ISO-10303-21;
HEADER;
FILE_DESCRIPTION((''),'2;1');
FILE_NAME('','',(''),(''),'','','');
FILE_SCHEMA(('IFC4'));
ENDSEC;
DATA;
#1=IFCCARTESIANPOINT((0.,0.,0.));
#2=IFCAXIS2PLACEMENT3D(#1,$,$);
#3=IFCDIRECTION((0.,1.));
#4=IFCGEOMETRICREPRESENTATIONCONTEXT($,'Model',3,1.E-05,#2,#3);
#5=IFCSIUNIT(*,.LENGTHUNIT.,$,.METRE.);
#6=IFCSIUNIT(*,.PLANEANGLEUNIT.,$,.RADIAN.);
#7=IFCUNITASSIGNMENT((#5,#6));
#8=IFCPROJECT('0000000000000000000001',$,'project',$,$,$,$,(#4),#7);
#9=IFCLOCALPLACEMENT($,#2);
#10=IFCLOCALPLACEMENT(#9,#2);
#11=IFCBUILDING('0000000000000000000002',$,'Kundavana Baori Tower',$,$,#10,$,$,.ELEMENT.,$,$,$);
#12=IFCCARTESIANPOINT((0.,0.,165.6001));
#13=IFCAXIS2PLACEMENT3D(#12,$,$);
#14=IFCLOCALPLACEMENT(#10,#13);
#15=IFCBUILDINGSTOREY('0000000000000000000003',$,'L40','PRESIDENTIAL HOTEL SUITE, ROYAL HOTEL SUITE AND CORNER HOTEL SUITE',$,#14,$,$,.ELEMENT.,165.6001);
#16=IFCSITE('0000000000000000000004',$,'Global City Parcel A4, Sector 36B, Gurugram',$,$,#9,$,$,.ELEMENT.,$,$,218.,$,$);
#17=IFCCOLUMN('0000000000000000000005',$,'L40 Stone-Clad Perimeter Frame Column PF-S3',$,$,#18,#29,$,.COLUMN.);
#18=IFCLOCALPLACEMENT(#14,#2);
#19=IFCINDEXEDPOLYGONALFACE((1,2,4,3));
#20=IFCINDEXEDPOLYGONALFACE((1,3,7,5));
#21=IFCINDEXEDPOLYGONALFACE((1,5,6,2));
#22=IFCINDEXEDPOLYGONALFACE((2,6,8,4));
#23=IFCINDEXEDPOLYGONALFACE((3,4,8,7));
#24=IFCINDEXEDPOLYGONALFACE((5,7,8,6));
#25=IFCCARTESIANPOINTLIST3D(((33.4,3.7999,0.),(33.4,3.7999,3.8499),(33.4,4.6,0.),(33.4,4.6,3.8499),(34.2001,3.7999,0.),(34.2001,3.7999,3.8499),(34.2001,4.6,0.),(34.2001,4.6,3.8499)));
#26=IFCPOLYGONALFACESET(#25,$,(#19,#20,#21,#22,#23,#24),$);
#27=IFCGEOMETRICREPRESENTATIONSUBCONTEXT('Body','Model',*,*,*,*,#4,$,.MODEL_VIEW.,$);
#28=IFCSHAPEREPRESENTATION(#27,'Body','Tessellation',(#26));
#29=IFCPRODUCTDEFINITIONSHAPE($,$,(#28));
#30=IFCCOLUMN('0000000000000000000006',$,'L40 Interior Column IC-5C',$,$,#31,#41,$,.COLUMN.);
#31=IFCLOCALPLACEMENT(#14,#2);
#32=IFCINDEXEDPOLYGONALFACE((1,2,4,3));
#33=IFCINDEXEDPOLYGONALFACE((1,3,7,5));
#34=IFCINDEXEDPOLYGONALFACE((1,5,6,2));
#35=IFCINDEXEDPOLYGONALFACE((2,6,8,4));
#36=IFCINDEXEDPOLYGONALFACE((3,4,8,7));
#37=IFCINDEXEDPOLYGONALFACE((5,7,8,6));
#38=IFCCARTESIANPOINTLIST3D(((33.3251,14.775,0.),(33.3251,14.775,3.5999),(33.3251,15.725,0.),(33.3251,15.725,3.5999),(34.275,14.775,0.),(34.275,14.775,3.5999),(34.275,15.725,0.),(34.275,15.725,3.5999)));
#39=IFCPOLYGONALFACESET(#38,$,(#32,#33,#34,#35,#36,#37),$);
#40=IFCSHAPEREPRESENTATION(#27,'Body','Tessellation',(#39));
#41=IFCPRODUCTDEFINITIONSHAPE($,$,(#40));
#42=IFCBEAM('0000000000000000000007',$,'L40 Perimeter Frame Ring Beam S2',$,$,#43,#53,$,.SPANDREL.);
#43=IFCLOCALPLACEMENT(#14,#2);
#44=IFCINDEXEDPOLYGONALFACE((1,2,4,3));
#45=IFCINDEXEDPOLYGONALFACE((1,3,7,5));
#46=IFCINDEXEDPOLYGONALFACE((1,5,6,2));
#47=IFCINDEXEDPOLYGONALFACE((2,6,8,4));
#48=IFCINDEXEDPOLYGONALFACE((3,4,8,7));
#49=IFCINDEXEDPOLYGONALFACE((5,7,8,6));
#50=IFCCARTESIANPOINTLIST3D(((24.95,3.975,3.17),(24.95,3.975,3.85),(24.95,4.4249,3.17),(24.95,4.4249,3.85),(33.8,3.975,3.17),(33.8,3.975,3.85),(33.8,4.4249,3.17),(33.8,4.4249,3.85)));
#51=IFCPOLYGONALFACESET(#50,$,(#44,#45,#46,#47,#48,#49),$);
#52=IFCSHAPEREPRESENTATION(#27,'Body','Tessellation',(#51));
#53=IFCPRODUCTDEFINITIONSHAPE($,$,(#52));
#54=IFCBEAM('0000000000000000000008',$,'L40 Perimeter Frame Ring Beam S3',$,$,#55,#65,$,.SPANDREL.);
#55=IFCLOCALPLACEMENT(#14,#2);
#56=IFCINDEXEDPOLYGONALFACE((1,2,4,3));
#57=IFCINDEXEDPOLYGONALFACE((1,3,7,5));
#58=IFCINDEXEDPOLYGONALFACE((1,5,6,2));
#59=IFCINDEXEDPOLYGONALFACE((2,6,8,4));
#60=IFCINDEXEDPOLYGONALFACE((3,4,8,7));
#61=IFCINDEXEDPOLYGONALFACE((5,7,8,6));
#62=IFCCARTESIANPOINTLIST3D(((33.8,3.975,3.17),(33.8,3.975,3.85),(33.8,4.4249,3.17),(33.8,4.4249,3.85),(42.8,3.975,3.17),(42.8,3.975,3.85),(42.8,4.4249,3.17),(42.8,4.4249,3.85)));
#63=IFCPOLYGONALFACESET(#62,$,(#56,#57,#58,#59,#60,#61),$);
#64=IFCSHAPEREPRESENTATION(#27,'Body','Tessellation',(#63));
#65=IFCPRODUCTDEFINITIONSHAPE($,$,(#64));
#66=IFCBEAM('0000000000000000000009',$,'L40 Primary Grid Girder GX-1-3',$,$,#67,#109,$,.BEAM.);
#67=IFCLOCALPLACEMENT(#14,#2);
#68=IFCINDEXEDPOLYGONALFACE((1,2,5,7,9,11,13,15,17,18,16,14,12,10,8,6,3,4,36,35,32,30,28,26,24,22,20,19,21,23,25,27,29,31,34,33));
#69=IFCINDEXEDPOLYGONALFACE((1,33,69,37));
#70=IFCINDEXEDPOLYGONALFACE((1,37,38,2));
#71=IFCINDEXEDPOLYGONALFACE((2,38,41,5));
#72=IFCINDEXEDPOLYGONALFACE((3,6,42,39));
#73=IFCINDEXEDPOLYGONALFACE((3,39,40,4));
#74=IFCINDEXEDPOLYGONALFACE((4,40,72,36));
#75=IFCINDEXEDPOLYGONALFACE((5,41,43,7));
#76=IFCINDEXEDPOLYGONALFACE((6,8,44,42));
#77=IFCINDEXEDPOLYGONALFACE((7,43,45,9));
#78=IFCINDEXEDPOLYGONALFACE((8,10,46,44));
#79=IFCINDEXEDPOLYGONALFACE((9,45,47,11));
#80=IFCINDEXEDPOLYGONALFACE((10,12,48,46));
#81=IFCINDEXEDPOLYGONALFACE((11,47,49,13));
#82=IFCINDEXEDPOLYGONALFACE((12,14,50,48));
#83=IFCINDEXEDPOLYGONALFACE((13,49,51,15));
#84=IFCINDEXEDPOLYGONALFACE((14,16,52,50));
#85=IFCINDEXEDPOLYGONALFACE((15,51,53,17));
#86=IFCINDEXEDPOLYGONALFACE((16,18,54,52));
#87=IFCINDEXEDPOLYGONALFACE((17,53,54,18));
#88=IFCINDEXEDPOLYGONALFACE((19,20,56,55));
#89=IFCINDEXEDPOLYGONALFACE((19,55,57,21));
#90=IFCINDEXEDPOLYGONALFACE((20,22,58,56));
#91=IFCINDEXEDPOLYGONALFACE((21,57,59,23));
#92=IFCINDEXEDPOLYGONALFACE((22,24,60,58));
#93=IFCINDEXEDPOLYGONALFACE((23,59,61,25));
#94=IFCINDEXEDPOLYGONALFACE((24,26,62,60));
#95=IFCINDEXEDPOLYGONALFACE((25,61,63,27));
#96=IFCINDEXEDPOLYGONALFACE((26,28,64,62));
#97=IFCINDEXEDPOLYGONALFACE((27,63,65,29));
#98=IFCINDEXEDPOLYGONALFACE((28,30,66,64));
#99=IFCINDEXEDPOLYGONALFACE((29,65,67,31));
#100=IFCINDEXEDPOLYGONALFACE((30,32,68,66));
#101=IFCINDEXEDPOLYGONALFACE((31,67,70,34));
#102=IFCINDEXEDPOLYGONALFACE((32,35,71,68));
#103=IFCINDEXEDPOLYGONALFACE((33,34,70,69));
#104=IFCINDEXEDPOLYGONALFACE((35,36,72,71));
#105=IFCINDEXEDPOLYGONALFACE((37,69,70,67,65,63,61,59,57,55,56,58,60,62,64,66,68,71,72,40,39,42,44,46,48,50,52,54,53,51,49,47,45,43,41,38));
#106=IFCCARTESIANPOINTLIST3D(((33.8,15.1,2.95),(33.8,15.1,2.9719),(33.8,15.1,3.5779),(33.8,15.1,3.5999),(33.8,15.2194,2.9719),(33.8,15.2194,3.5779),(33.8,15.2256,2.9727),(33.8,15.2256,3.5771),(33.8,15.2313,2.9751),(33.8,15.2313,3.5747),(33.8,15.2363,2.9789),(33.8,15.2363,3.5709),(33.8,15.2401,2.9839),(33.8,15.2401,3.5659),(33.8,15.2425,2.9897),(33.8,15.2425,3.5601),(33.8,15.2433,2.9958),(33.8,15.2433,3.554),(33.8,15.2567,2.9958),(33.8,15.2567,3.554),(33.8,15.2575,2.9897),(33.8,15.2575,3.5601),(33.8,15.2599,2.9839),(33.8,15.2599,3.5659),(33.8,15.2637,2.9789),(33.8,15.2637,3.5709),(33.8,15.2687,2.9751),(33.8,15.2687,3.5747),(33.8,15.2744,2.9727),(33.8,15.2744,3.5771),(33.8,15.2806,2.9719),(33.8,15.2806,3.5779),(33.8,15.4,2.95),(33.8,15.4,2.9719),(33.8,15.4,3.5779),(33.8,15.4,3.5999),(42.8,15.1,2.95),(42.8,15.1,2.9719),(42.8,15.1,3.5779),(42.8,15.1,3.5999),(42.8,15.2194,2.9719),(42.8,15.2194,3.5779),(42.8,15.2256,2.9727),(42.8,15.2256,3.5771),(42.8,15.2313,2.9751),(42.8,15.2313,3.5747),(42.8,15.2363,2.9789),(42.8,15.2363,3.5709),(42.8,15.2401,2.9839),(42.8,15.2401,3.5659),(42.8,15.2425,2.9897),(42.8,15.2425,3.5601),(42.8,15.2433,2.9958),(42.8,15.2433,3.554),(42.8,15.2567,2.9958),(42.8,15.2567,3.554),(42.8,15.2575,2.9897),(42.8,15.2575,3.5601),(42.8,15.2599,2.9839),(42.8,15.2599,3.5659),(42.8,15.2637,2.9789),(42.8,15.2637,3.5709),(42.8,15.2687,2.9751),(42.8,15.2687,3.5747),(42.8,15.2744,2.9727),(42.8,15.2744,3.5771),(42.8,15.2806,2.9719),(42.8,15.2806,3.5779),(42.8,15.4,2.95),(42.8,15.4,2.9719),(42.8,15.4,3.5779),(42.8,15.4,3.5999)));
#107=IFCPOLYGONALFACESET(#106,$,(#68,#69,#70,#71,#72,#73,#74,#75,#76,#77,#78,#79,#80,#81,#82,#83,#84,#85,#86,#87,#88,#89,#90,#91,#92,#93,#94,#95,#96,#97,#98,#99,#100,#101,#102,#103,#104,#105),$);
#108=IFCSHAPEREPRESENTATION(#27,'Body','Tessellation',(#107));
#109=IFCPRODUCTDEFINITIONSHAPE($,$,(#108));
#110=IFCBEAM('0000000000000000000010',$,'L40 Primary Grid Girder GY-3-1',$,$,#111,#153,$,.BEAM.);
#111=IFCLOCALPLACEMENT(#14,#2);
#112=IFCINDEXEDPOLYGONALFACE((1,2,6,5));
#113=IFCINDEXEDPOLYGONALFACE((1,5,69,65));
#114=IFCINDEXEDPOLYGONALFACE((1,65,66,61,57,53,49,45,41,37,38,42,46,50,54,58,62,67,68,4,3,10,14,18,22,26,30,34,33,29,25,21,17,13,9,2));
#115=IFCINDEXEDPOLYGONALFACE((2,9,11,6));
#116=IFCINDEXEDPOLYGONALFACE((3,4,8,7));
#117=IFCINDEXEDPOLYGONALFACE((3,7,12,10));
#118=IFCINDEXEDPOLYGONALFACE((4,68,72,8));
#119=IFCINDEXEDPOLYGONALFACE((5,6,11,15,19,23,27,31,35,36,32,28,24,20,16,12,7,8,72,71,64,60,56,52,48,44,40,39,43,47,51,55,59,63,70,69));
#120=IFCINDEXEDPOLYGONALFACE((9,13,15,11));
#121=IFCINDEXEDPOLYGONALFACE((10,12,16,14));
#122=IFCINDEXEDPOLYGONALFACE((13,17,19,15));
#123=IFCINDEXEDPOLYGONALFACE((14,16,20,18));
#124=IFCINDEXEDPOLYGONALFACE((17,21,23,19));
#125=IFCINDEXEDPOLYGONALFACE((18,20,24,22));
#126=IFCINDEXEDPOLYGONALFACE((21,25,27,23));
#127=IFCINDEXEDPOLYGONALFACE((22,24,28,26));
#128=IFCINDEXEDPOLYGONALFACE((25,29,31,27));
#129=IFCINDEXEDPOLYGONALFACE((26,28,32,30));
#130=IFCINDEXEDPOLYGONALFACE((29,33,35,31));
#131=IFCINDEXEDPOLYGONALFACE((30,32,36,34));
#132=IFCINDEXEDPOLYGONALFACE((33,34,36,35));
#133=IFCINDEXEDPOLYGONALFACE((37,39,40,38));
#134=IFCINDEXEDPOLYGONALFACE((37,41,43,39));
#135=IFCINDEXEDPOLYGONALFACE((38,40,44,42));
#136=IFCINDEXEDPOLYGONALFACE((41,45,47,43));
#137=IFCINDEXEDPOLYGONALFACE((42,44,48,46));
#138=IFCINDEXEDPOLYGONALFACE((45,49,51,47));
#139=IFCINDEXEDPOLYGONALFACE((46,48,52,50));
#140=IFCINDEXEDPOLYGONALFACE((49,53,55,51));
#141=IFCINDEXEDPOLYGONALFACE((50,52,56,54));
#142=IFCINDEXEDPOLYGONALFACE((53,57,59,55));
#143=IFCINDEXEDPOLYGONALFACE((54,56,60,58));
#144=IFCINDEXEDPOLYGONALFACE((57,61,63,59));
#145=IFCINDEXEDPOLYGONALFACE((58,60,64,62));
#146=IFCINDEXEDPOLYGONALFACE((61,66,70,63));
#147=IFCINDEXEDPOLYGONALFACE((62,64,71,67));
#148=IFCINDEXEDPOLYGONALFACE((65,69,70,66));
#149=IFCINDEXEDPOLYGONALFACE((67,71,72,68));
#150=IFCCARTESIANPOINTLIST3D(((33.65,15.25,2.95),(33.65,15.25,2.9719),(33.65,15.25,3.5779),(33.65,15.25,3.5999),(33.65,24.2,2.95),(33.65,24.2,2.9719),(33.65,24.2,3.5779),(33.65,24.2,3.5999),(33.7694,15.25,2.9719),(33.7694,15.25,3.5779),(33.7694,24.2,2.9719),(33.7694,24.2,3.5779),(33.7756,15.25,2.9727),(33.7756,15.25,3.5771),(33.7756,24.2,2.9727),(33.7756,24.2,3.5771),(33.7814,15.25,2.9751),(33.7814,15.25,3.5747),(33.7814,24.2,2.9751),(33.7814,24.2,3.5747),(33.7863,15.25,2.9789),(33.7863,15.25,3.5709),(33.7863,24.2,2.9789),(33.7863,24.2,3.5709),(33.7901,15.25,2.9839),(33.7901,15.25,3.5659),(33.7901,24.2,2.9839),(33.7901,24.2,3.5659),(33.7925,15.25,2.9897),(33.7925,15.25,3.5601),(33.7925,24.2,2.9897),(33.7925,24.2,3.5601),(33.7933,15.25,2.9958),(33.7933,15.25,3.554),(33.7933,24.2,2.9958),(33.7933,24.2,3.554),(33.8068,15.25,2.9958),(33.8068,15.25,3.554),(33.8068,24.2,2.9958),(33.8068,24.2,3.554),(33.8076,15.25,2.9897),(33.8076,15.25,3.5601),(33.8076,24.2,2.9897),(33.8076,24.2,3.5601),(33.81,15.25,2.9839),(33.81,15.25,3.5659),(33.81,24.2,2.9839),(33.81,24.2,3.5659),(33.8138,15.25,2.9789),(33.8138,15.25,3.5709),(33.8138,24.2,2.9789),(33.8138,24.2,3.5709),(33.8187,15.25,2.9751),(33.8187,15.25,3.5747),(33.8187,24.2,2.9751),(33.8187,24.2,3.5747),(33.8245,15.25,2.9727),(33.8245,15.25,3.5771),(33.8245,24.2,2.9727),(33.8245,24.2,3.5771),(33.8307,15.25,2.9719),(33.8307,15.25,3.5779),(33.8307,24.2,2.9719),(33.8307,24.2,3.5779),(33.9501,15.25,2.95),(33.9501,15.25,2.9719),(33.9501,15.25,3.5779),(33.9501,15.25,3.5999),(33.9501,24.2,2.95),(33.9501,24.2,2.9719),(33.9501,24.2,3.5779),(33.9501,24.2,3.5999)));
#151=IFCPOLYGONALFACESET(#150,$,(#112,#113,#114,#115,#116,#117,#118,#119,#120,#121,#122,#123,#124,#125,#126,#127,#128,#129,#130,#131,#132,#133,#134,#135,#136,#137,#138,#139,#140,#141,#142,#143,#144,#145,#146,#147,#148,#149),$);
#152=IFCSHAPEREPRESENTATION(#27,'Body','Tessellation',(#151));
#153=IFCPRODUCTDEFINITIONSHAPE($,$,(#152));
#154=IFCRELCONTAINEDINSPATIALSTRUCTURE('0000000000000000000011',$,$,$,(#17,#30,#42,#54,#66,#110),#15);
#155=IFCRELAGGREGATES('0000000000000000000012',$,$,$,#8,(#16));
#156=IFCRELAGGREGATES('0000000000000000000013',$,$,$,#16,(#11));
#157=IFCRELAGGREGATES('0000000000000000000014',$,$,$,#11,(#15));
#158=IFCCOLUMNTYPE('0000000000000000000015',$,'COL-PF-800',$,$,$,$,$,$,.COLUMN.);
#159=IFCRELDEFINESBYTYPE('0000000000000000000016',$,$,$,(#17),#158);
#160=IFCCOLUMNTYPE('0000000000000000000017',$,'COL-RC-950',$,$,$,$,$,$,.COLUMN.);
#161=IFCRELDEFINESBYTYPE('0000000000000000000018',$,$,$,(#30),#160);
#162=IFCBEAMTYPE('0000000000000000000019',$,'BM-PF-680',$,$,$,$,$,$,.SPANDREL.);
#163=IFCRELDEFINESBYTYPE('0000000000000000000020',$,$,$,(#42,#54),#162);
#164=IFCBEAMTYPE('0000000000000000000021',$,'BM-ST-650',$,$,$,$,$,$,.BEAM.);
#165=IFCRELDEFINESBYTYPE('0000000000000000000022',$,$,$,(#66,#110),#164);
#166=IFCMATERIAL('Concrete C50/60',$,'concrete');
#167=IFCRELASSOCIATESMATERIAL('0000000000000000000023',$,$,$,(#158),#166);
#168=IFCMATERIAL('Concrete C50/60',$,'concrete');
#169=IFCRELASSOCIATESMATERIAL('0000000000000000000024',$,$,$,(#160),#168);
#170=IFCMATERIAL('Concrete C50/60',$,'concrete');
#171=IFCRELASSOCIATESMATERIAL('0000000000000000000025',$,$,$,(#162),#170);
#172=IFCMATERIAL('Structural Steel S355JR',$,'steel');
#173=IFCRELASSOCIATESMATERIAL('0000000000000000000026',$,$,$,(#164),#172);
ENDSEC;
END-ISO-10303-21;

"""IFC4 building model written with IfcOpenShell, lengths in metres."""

from ifc_helpers import new_model, si_unit, direction, frame, origin, origin_2d, place, context, subcontext, project, spatial, rectangle, i_section, extrude, material, material_profile, profile_set, type_object, element, save


model = new_model("IFC4")

# Units and contexts
model_context = context("Model", 3, precision=1e-05, world=origin(), true_north=direction((0.0, 1.0)))
body_context = subcontext(model_context, "Body", "Model", "MODEL_VIEW")
ifc_project = project(units=[si_unit("LENGTHUNIT", "METRE"), si_unit("PLANEANGLEUNIT", "RADIAN")], contexts=[model_context])

# Site, building, storey
site_placement = place(None, origin())
site = spatial("IfcSite", under=ifc_project, at=site_placement, Name="Global City Parcel A4, Sector 36B, Gurugram", CompositionType="ELEMENT", RefElevation=218.0)
building_placement = place(site_placement, origin())
building = spatial("IfcBuilding", under=site, at=building_placement, Name="Kundavana Baori Tower", CompositionType="ELEMENT")
storey_placement = place(building_placement, frame((0.0, 0.0, 165.6001)))
storey = spatial("IfcBuildingStorey", under=building, at=storey_placement, Name="L40", Description="PRESIDENTIAL HOTEL SUITE, ROYAL HOTEL SUITE AND CORNER HOTEL SUITE", CompositionType="ELEMENT", Elevation=165.6001)

# Columns
ifc_material_1 = material(Name="Concrete C50/60", Category="concrete")
ifc_material_profile_1 = material_profile(ifc_material_1, rectangle(XDim=0.8, YDim=0.8, at=origin_2d()), Name="RC PF 800x800")
ifc_profile_set_1 = profile_set([ifc_material_profile_1], Name="Concrete C50/60")
column_type_1 = type_object("IfcColumnType", Name="COL-PF-800", PredefinedType="COLUMN", material=ifc_profile_set_1)
column_1_placement = place(storey_placement, frame((33.8, 4.2, 0.0), z_axis=(0.0, 0.0, 1.0), x_axis=(1.0, 0.0, 0.0)))
element("IfcColumn", 1, at=column_1_placement, inside=storey, type_object=column_type_1, Name="L40 Stone-Clad Perimeter Frame Column PF-S3", PredefinedType="COLUMN", context=body_context, shape_type="SweptSolid", body=[
    extrude(rectangle(XDim=0.8, YDim=0.8, at=origin_2d()), origin(), (0.0, 0.0, 1.0), 3.8499),
])
ifc_material_2 = material(Name="Concrete C50/60", Category="concrete")
ifc_material_profile_2 = material_profile(ifc_material_2, rectangle(XDim=0.95, YDim=0.95, at=origin_2d()), Name="RC 950x950")
ifc_profile_set_2 = profile_set([ifc_material_profile_2], Name="Concrete C50/60")
column_type_2 = type_object("IfcColumnType", Name="COL-RC-950", PredefinedType="COLUMN", material=ifc_profile_set_2)
column_2_placement = place(storey_placement, frame((33.8, 15.25, 0.0), z_axis=(0.0, 0.0, 1.0), x_axis=(1.0, 0.0, 0.0)))
element("IfcColumn", 2, at=column_2_placement, inside=storey, type_object=column_type_2, Name="L40 Interior Column IC-5C", PredefinedType="COLUMN", context=body_context, shape_type="SweptSolid", body=[
    extrude(rectangle(XDim=0.95, YDim=0.95, at=origin_2d()), origin(), (0.0, 0.0, 1.0), 3.5999),
])

# Beams
ifc_material_3 = material(Name="Concrete C50/60", Category="concrete")
ifc_material_profile_3 = material_profile(ifc_material_3, rectangle(XDim=0.45, YDim=0.6799, at=origin_2d()), Name="RC BM 450x680")
ifc_profile_set_3 = profile_set([ifc_material_profile_3], Name="Concrete C50/60")
beam_type_1 = type_object("IfcBeamType", Name="BM-PF-680", PredefinedType="SPANDREL", material=ifc_profile_set_3)
beam_1_placement = place(storey_placement, frame((24.95, 4.2, 3.51), z_axis=(1.0, 0.0, 0.0), x_axis=(0.0, 1.0, 0.0)))
element("IfcBeam", 3, at=beam_1_placement, inside=storey, type_object=beam_type_1, Name="L40 Perimeter Frame Ring Beam S2", PredefinedType="SPANDREL", context=body_context, shape_type="SweptSolid", body=[
    extrude(rectangle(XDim=0.45, YDim=0.6799, at=origin_2d()), origin(), (0.0, 0.0, 1.0), 8.8501),
])
beam_2_placement = place(storey_placement, frame((33.8, 4.2, 3.51), z_axis=(1.0, 0.0, 0.0), x_axis=(0.0, 1.0, 0.0)))
element("IfcBeam", 4, at=beam_2_placement, inside=storey, type_object=beam_type_1, Name="L40 Perimeter Frame Ring Beam S3", PredefinedType="SPANDREL", context=body_context, shape_type="SweptSolid", body=[
    extrude(rectangle(XDim=0.45, YDim=0.6799, at=origin_2d()), origin(), (0.0, 0.0, 1.0), 9.0),
])
ifc_material_4 = material(Name="Structural Steel S355JR", Category="steel")
ifc_material_profile_4 = material_profile(ifc_material_4, i_section(OverallWidth=0.3, OverallDepth=0.6499, WebThickness=0.0134, FlangeThickness=0.022, FilletRadius=0.0239, at=origin_2d()), Name="NPB 650x300x155")
ifc_profile_set_4 = profile_set([ifc_material_profile_4], Name="Structural Steel S355JR")
beam_type_2 = type_object("IfcBeamType", Name="BM-ST-650", PredefinedType="BEAM", material=ifc_profile_set_4)
beam_3_placement = place(storey_placement, frame((33.8, 15.25, 3.2749), z_axis=(1.0, 0.0, 0.0), x_axis=(0.0, 1.0, 0.0)))
element("IfcBeam", 5, at=beam_3_placement, inside=storey, type_object=beam_type_2, Name="L40 Primary Grid Girder GX-1-3", PredefinedType="BEAM", context=body_context, shape_type="SweptSolid", body=[
    extrude(i_section(OverallWidth=0.3, OverallDepth=0.6499, WebThickness=0.0134, FlangeThickness=0.022, FilletRadius=0.0239, at=origin_2d()), origin(), (0.0, 0.0, 1.0), 9.0),
])
beam_4_placement = place(storey_placement, frame((33.8, 15.25, 3.2749), z_axis=(0.0, 1.0, 0.0), x_axis=(-1.0, 0.0, 0.0)))
element("IfcBeam", 6, at=beam_4_placement, inside=storey, type_object=beam_type_2, Name="L40 Primary Grid Girder GY-3-1", PredefinedType="BEAM", context=body_context, shape_type="SweptSolid", body=[
    extrude(i_section(OverallWidth=0.3, OverallDepth=0.6499, WebThickness=0.0134, FlangeThickness=0.022, FilletRadius=0.0239, at=origin_2d()), origin(), (0.0, 0.0, 1.0), 8.95),
])

save(model, "model.ifc")
